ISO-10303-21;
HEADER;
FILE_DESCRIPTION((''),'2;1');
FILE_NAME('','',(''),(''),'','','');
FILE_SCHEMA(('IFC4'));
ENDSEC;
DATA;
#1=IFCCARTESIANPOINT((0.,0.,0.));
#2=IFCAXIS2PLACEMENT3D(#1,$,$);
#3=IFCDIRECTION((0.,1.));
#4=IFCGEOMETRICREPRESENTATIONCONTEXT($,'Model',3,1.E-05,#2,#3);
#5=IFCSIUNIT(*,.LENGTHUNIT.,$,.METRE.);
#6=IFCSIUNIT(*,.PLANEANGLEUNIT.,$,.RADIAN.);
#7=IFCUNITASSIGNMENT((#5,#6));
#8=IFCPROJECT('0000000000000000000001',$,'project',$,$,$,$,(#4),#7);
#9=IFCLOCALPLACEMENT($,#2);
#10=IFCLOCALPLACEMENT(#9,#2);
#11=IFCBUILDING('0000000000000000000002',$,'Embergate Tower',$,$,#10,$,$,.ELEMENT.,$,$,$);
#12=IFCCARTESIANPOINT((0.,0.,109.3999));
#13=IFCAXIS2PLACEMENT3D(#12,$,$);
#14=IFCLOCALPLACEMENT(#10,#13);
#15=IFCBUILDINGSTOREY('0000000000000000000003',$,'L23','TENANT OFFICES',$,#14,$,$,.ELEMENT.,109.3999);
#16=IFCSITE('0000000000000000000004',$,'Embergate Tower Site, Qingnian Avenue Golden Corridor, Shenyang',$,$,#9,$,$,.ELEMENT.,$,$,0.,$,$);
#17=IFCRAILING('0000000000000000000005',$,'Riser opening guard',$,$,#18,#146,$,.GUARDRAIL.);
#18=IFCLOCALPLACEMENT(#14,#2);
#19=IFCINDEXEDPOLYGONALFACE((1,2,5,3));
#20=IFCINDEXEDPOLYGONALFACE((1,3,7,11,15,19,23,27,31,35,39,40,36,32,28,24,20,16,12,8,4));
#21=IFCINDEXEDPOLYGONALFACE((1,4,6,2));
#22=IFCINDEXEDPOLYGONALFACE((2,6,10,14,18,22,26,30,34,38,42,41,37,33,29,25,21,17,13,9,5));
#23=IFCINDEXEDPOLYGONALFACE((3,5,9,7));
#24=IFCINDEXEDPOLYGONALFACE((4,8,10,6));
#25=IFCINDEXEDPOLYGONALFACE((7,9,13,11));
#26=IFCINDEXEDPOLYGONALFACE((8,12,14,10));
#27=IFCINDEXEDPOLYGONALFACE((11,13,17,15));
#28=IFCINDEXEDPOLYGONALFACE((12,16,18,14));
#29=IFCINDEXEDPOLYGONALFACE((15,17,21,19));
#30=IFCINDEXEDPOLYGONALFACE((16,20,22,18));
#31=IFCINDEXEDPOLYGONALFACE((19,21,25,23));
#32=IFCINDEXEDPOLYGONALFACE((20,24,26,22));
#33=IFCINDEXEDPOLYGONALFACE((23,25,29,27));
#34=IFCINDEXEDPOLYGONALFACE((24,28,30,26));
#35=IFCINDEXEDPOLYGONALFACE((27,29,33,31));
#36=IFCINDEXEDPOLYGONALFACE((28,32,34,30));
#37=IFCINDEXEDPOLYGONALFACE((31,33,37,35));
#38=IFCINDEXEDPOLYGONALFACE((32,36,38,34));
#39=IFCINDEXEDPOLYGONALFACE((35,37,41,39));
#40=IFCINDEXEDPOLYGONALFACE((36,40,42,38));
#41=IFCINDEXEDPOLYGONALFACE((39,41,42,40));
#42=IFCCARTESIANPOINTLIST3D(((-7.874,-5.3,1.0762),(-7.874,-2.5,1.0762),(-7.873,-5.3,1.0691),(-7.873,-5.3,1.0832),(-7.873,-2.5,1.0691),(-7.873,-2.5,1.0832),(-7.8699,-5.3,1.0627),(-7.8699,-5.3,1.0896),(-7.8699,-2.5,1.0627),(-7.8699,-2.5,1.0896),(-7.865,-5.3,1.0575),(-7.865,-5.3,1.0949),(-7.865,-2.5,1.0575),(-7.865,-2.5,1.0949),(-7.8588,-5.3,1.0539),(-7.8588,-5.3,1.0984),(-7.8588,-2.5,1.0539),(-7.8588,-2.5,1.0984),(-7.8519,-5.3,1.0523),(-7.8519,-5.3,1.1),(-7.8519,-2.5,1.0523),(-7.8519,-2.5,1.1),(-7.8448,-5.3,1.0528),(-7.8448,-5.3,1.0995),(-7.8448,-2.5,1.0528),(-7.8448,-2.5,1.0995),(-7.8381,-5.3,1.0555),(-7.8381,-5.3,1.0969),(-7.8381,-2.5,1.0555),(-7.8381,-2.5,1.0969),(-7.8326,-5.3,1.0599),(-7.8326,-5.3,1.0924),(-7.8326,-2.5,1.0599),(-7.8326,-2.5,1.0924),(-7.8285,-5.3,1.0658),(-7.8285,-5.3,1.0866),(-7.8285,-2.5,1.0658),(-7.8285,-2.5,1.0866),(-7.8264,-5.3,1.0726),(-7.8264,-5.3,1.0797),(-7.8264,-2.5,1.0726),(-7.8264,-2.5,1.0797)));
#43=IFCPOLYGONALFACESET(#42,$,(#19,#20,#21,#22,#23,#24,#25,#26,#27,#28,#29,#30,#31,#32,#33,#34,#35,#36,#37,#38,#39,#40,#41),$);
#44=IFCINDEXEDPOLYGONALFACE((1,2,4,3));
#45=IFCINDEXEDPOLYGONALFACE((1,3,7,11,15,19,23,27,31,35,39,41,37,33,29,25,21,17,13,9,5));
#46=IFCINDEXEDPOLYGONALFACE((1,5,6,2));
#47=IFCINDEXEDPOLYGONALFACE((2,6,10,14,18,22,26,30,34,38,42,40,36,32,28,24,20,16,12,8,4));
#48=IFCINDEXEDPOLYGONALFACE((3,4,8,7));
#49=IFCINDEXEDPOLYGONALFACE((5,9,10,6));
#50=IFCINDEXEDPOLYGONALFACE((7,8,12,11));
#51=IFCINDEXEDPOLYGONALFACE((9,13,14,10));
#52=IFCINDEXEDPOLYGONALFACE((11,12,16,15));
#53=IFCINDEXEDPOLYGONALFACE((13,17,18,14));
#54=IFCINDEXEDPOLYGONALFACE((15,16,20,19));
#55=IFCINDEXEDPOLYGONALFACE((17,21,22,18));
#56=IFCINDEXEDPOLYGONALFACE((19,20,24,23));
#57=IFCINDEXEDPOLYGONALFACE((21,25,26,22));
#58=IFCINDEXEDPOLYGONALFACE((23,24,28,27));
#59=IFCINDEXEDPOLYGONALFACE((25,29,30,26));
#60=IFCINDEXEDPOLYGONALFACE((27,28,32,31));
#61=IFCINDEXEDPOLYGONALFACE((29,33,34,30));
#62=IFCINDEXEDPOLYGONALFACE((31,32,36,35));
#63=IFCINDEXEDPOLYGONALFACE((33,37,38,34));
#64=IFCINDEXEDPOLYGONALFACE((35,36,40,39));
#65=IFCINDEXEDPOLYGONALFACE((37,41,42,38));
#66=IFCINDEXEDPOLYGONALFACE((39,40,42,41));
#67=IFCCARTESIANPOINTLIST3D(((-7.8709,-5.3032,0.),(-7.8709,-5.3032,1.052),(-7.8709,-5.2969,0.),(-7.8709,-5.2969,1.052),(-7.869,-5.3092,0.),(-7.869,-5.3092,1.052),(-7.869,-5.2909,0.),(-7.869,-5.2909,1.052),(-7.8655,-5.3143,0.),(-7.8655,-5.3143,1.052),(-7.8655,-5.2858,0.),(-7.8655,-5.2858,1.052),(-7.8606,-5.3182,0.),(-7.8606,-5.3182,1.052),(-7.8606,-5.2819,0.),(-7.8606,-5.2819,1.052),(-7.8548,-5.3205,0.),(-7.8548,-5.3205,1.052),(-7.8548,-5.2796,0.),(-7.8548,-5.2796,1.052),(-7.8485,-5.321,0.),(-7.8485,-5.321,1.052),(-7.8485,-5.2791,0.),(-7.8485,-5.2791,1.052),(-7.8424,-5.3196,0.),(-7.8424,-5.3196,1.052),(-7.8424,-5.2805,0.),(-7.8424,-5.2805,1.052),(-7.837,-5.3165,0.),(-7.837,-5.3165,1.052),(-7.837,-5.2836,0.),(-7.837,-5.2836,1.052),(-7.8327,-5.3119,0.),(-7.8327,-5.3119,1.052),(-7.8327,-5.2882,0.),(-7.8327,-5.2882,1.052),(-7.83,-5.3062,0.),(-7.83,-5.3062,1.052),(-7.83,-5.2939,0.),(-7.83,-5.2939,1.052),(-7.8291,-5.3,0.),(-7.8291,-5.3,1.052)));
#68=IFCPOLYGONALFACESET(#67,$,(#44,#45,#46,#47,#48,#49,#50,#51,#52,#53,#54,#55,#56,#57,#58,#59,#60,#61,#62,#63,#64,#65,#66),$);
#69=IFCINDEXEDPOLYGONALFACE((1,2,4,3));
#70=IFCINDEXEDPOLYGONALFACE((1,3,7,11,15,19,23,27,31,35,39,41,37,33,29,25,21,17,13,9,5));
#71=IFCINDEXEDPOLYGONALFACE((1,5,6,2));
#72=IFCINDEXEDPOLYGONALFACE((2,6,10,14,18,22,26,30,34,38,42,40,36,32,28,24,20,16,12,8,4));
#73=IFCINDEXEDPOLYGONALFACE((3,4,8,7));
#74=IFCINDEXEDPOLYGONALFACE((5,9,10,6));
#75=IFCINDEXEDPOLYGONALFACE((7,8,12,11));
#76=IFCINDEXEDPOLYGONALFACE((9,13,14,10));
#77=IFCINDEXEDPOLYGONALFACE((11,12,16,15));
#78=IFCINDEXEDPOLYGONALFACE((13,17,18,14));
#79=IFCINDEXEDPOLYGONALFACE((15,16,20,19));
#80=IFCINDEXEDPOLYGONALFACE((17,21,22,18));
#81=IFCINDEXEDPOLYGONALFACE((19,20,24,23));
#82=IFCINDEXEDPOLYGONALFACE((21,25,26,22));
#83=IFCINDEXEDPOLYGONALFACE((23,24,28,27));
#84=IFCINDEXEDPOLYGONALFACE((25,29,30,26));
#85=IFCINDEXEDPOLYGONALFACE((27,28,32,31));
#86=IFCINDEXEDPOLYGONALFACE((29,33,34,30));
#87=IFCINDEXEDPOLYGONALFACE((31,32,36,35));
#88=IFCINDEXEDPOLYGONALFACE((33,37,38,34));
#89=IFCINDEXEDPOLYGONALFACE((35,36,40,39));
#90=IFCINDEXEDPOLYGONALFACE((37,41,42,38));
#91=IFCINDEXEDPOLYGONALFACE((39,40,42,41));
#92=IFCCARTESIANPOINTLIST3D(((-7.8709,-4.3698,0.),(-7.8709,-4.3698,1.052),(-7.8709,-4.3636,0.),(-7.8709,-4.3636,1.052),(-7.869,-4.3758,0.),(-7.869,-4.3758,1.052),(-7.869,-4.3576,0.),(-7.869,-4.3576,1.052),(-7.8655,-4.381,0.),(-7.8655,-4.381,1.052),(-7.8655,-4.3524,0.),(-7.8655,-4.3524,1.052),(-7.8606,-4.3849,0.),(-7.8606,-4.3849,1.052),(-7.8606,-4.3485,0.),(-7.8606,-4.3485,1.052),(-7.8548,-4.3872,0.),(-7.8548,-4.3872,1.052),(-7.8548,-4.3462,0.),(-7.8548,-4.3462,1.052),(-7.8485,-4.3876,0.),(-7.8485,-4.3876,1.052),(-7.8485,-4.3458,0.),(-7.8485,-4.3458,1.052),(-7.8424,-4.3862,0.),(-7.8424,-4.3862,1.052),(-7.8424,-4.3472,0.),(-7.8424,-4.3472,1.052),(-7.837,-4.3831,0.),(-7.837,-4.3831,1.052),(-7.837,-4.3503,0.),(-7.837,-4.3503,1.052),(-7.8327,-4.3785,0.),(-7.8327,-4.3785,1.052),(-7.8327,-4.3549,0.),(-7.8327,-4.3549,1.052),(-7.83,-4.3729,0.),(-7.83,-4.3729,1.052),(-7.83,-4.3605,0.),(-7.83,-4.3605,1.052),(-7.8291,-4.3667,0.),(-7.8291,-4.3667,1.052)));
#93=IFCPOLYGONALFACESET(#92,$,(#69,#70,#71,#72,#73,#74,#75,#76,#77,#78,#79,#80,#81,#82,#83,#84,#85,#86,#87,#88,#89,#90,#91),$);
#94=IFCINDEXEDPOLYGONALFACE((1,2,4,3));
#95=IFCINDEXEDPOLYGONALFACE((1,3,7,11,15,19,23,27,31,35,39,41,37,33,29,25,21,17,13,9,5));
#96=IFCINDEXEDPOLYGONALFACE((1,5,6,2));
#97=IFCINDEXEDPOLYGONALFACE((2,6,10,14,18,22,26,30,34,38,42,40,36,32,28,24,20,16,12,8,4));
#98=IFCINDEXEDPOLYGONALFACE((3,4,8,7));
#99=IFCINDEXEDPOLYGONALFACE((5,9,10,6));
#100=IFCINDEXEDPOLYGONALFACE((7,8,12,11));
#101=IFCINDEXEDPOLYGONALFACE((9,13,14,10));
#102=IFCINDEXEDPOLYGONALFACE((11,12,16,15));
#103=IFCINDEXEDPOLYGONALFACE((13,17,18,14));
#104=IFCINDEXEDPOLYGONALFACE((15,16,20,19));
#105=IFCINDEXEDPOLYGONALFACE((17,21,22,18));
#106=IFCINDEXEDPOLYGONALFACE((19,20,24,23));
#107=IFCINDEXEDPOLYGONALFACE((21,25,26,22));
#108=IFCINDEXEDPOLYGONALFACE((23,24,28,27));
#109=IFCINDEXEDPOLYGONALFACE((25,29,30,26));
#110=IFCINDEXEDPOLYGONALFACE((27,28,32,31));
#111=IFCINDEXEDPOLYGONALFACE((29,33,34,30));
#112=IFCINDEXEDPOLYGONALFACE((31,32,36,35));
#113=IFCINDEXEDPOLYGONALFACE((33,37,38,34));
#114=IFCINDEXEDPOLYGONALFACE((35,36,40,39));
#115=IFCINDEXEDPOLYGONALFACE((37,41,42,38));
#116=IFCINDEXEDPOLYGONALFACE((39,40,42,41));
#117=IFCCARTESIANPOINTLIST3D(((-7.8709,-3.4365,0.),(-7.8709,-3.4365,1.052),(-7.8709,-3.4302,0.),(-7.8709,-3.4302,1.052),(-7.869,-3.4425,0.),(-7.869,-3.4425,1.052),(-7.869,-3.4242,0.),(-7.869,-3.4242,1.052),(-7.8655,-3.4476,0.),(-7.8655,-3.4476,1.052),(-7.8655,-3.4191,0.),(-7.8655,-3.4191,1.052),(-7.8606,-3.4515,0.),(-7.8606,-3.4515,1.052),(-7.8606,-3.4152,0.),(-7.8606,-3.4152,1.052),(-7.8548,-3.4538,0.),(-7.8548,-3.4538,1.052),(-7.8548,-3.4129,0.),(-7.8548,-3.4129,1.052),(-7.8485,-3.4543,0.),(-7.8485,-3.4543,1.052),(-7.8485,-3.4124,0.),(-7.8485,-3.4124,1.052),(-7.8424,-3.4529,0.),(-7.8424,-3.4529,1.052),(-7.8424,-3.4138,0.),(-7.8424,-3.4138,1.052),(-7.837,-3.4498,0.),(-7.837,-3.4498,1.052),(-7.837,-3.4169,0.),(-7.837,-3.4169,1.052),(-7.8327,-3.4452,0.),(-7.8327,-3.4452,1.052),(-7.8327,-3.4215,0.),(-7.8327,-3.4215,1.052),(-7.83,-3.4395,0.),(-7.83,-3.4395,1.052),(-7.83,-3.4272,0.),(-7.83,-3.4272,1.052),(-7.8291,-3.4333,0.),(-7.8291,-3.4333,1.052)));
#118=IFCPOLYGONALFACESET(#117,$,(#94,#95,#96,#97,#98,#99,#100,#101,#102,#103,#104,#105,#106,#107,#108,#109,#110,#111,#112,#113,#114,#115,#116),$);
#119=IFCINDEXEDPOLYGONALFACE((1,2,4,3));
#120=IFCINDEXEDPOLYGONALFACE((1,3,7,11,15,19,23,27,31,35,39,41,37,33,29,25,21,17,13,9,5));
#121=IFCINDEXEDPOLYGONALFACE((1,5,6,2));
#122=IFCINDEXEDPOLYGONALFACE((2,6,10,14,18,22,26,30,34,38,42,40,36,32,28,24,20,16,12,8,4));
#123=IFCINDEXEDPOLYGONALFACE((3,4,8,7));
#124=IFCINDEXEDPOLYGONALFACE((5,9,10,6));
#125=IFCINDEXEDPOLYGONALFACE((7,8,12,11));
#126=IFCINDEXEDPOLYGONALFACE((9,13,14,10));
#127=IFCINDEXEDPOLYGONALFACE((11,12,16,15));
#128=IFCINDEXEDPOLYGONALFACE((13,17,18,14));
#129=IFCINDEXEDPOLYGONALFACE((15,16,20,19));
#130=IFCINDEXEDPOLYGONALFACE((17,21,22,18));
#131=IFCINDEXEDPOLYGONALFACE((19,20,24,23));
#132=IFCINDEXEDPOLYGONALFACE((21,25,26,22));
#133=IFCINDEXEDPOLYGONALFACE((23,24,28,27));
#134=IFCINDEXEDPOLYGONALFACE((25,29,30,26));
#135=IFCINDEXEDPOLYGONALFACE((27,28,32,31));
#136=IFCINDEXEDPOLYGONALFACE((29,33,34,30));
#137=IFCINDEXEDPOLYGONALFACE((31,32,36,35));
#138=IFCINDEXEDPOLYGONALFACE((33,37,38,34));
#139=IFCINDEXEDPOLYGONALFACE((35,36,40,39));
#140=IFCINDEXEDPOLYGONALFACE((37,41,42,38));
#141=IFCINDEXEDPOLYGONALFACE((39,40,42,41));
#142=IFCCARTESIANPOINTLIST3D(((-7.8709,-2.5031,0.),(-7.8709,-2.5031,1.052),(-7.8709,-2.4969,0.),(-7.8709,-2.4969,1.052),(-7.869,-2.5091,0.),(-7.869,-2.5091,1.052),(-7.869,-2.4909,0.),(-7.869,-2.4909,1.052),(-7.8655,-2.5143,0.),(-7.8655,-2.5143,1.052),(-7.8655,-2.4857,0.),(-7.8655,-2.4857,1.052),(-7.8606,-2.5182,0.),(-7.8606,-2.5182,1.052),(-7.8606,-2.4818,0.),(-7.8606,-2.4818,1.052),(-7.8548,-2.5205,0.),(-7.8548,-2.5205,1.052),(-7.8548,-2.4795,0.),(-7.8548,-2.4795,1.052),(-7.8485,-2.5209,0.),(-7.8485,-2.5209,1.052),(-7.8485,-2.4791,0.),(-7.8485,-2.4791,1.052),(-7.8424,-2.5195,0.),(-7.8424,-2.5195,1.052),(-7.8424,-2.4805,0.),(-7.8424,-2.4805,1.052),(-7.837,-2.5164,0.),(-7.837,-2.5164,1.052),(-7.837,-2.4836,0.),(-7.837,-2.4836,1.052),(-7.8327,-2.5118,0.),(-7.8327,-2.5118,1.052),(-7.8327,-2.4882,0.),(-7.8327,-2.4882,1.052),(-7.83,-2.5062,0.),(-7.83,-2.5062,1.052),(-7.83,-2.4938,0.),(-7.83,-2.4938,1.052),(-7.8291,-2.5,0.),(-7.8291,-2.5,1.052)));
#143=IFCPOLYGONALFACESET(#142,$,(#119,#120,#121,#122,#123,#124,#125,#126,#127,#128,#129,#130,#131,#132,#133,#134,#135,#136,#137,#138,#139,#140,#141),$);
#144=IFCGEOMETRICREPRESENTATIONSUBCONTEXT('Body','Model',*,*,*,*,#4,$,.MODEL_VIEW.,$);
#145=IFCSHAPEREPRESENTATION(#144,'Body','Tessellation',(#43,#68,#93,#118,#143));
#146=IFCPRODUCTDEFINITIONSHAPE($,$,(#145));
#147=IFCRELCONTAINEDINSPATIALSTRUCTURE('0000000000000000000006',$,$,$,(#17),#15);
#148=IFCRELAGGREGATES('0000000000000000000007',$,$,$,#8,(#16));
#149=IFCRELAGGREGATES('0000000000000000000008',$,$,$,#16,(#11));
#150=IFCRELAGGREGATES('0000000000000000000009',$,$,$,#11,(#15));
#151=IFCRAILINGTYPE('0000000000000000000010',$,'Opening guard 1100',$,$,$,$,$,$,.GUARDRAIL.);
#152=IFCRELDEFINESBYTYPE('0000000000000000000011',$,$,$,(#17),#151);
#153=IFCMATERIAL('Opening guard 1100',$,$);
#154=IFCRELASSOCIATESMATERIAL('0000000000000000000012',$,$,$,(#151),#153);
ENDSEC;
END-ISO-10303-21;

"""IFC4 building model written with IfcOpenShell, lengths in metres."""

from ifc_helpers import new_model, si_unit, direction, frame, origin, origin_2d, place, context, subcontext, project, spatial, circle, extrude, source, transform, mapped, material, type_object, element, save


model = new_model("IFC4")

# Units and contexts
model_context = context("Model", 3, precision=1e-05, world=origin(), true_north=direction((0.0, 1.0)))
body_context = subcontext(model_context, "Body", "Model", "MODEL_VIEW")
ifc_project = project(units=[si_unit("LENGTHUNIT", "METRE"), si_unit("PLANEANGLEUNIT", "RADIAN")], contexts=[model_context])

# Site, building, storey
site_placement = place(None, origin())
site = spatial("IfcSite", under=ifc_project, at=site_placement, Name="Embergate Tower Site, Qingnian Avenue Golden Corridor, Shenyang", CompositionType="ELEMENT", RefElevation=0.0)
building_placement = place(site_placement, origin())
building = spatial("IfcBuilding", under=site, at=building_placement, Name="Embergate Tower", CompositionType="ELEMENT")
storey_placement = place(building_placement, frame((0.0, 0.0, 109.3999)))
storey = spatial("IfcBuildingStorey", under=building, at=storey_placement, Name="L23", Description="TENANT OFFICES", CompositionType="ELEMENT", Elevation=109.3999)

# Railing
ifc_material_1 = material(Name="Opening guard 1100")
railing_type = type_object("IfcRailingType", Name="Opening guard 1100", PredefinedType="GUARDRAIL", material=ifc_material_1)
shared_shape_1 = source(origin(), body_context, "Body", "SweptSolid", [
    extrude(circle(Radius=0.0239, at=origin_2d()), frame((0.0, 0.0, 1.0762), z_axis=(0.0, 1.0, 0.0), x_axis=(-1.0, 0.0, 0.0)), (0.0, 0.0, 1.0), 2.8),
    extrude(circle(Radius=0.021, at=origin_2d()), origin(), (0.0, 0.0, 1.0), 1.052),
    extrude(circle(Radius=0.021, at=origin_2d()), frame((0.0, 0.9333, 0.0)), (0.0, 0.0, 1.0), 1.052),
    extrude(circle(Radius=0.021, at=origin_2d()), frame((0.0, 1.8667, 0.0)), (0.0, 0.0, 1.0), 1.052),
    extrude(circle(Radius=0.021, at=origin_2d()), frame((0.0, 2.8, 0.0)), (0.0, 0.0, 1.0), 1.052),
])
railing_placement = place(storey_placement, frame((-7.8501, -5.3, 0.0)))
element("IfcRailing", 1, at=railing_placement, inside=storey, type_object=railing_type, Name="Riser opening guard", PredefinedType="GUARDRAIL", context=body_context, shape_type="MappedRepresentation", body=[
    mapped(shared_shape_1, transform((0.0, 0.0, 0.0))),
])

save(model, "model.ifc")
